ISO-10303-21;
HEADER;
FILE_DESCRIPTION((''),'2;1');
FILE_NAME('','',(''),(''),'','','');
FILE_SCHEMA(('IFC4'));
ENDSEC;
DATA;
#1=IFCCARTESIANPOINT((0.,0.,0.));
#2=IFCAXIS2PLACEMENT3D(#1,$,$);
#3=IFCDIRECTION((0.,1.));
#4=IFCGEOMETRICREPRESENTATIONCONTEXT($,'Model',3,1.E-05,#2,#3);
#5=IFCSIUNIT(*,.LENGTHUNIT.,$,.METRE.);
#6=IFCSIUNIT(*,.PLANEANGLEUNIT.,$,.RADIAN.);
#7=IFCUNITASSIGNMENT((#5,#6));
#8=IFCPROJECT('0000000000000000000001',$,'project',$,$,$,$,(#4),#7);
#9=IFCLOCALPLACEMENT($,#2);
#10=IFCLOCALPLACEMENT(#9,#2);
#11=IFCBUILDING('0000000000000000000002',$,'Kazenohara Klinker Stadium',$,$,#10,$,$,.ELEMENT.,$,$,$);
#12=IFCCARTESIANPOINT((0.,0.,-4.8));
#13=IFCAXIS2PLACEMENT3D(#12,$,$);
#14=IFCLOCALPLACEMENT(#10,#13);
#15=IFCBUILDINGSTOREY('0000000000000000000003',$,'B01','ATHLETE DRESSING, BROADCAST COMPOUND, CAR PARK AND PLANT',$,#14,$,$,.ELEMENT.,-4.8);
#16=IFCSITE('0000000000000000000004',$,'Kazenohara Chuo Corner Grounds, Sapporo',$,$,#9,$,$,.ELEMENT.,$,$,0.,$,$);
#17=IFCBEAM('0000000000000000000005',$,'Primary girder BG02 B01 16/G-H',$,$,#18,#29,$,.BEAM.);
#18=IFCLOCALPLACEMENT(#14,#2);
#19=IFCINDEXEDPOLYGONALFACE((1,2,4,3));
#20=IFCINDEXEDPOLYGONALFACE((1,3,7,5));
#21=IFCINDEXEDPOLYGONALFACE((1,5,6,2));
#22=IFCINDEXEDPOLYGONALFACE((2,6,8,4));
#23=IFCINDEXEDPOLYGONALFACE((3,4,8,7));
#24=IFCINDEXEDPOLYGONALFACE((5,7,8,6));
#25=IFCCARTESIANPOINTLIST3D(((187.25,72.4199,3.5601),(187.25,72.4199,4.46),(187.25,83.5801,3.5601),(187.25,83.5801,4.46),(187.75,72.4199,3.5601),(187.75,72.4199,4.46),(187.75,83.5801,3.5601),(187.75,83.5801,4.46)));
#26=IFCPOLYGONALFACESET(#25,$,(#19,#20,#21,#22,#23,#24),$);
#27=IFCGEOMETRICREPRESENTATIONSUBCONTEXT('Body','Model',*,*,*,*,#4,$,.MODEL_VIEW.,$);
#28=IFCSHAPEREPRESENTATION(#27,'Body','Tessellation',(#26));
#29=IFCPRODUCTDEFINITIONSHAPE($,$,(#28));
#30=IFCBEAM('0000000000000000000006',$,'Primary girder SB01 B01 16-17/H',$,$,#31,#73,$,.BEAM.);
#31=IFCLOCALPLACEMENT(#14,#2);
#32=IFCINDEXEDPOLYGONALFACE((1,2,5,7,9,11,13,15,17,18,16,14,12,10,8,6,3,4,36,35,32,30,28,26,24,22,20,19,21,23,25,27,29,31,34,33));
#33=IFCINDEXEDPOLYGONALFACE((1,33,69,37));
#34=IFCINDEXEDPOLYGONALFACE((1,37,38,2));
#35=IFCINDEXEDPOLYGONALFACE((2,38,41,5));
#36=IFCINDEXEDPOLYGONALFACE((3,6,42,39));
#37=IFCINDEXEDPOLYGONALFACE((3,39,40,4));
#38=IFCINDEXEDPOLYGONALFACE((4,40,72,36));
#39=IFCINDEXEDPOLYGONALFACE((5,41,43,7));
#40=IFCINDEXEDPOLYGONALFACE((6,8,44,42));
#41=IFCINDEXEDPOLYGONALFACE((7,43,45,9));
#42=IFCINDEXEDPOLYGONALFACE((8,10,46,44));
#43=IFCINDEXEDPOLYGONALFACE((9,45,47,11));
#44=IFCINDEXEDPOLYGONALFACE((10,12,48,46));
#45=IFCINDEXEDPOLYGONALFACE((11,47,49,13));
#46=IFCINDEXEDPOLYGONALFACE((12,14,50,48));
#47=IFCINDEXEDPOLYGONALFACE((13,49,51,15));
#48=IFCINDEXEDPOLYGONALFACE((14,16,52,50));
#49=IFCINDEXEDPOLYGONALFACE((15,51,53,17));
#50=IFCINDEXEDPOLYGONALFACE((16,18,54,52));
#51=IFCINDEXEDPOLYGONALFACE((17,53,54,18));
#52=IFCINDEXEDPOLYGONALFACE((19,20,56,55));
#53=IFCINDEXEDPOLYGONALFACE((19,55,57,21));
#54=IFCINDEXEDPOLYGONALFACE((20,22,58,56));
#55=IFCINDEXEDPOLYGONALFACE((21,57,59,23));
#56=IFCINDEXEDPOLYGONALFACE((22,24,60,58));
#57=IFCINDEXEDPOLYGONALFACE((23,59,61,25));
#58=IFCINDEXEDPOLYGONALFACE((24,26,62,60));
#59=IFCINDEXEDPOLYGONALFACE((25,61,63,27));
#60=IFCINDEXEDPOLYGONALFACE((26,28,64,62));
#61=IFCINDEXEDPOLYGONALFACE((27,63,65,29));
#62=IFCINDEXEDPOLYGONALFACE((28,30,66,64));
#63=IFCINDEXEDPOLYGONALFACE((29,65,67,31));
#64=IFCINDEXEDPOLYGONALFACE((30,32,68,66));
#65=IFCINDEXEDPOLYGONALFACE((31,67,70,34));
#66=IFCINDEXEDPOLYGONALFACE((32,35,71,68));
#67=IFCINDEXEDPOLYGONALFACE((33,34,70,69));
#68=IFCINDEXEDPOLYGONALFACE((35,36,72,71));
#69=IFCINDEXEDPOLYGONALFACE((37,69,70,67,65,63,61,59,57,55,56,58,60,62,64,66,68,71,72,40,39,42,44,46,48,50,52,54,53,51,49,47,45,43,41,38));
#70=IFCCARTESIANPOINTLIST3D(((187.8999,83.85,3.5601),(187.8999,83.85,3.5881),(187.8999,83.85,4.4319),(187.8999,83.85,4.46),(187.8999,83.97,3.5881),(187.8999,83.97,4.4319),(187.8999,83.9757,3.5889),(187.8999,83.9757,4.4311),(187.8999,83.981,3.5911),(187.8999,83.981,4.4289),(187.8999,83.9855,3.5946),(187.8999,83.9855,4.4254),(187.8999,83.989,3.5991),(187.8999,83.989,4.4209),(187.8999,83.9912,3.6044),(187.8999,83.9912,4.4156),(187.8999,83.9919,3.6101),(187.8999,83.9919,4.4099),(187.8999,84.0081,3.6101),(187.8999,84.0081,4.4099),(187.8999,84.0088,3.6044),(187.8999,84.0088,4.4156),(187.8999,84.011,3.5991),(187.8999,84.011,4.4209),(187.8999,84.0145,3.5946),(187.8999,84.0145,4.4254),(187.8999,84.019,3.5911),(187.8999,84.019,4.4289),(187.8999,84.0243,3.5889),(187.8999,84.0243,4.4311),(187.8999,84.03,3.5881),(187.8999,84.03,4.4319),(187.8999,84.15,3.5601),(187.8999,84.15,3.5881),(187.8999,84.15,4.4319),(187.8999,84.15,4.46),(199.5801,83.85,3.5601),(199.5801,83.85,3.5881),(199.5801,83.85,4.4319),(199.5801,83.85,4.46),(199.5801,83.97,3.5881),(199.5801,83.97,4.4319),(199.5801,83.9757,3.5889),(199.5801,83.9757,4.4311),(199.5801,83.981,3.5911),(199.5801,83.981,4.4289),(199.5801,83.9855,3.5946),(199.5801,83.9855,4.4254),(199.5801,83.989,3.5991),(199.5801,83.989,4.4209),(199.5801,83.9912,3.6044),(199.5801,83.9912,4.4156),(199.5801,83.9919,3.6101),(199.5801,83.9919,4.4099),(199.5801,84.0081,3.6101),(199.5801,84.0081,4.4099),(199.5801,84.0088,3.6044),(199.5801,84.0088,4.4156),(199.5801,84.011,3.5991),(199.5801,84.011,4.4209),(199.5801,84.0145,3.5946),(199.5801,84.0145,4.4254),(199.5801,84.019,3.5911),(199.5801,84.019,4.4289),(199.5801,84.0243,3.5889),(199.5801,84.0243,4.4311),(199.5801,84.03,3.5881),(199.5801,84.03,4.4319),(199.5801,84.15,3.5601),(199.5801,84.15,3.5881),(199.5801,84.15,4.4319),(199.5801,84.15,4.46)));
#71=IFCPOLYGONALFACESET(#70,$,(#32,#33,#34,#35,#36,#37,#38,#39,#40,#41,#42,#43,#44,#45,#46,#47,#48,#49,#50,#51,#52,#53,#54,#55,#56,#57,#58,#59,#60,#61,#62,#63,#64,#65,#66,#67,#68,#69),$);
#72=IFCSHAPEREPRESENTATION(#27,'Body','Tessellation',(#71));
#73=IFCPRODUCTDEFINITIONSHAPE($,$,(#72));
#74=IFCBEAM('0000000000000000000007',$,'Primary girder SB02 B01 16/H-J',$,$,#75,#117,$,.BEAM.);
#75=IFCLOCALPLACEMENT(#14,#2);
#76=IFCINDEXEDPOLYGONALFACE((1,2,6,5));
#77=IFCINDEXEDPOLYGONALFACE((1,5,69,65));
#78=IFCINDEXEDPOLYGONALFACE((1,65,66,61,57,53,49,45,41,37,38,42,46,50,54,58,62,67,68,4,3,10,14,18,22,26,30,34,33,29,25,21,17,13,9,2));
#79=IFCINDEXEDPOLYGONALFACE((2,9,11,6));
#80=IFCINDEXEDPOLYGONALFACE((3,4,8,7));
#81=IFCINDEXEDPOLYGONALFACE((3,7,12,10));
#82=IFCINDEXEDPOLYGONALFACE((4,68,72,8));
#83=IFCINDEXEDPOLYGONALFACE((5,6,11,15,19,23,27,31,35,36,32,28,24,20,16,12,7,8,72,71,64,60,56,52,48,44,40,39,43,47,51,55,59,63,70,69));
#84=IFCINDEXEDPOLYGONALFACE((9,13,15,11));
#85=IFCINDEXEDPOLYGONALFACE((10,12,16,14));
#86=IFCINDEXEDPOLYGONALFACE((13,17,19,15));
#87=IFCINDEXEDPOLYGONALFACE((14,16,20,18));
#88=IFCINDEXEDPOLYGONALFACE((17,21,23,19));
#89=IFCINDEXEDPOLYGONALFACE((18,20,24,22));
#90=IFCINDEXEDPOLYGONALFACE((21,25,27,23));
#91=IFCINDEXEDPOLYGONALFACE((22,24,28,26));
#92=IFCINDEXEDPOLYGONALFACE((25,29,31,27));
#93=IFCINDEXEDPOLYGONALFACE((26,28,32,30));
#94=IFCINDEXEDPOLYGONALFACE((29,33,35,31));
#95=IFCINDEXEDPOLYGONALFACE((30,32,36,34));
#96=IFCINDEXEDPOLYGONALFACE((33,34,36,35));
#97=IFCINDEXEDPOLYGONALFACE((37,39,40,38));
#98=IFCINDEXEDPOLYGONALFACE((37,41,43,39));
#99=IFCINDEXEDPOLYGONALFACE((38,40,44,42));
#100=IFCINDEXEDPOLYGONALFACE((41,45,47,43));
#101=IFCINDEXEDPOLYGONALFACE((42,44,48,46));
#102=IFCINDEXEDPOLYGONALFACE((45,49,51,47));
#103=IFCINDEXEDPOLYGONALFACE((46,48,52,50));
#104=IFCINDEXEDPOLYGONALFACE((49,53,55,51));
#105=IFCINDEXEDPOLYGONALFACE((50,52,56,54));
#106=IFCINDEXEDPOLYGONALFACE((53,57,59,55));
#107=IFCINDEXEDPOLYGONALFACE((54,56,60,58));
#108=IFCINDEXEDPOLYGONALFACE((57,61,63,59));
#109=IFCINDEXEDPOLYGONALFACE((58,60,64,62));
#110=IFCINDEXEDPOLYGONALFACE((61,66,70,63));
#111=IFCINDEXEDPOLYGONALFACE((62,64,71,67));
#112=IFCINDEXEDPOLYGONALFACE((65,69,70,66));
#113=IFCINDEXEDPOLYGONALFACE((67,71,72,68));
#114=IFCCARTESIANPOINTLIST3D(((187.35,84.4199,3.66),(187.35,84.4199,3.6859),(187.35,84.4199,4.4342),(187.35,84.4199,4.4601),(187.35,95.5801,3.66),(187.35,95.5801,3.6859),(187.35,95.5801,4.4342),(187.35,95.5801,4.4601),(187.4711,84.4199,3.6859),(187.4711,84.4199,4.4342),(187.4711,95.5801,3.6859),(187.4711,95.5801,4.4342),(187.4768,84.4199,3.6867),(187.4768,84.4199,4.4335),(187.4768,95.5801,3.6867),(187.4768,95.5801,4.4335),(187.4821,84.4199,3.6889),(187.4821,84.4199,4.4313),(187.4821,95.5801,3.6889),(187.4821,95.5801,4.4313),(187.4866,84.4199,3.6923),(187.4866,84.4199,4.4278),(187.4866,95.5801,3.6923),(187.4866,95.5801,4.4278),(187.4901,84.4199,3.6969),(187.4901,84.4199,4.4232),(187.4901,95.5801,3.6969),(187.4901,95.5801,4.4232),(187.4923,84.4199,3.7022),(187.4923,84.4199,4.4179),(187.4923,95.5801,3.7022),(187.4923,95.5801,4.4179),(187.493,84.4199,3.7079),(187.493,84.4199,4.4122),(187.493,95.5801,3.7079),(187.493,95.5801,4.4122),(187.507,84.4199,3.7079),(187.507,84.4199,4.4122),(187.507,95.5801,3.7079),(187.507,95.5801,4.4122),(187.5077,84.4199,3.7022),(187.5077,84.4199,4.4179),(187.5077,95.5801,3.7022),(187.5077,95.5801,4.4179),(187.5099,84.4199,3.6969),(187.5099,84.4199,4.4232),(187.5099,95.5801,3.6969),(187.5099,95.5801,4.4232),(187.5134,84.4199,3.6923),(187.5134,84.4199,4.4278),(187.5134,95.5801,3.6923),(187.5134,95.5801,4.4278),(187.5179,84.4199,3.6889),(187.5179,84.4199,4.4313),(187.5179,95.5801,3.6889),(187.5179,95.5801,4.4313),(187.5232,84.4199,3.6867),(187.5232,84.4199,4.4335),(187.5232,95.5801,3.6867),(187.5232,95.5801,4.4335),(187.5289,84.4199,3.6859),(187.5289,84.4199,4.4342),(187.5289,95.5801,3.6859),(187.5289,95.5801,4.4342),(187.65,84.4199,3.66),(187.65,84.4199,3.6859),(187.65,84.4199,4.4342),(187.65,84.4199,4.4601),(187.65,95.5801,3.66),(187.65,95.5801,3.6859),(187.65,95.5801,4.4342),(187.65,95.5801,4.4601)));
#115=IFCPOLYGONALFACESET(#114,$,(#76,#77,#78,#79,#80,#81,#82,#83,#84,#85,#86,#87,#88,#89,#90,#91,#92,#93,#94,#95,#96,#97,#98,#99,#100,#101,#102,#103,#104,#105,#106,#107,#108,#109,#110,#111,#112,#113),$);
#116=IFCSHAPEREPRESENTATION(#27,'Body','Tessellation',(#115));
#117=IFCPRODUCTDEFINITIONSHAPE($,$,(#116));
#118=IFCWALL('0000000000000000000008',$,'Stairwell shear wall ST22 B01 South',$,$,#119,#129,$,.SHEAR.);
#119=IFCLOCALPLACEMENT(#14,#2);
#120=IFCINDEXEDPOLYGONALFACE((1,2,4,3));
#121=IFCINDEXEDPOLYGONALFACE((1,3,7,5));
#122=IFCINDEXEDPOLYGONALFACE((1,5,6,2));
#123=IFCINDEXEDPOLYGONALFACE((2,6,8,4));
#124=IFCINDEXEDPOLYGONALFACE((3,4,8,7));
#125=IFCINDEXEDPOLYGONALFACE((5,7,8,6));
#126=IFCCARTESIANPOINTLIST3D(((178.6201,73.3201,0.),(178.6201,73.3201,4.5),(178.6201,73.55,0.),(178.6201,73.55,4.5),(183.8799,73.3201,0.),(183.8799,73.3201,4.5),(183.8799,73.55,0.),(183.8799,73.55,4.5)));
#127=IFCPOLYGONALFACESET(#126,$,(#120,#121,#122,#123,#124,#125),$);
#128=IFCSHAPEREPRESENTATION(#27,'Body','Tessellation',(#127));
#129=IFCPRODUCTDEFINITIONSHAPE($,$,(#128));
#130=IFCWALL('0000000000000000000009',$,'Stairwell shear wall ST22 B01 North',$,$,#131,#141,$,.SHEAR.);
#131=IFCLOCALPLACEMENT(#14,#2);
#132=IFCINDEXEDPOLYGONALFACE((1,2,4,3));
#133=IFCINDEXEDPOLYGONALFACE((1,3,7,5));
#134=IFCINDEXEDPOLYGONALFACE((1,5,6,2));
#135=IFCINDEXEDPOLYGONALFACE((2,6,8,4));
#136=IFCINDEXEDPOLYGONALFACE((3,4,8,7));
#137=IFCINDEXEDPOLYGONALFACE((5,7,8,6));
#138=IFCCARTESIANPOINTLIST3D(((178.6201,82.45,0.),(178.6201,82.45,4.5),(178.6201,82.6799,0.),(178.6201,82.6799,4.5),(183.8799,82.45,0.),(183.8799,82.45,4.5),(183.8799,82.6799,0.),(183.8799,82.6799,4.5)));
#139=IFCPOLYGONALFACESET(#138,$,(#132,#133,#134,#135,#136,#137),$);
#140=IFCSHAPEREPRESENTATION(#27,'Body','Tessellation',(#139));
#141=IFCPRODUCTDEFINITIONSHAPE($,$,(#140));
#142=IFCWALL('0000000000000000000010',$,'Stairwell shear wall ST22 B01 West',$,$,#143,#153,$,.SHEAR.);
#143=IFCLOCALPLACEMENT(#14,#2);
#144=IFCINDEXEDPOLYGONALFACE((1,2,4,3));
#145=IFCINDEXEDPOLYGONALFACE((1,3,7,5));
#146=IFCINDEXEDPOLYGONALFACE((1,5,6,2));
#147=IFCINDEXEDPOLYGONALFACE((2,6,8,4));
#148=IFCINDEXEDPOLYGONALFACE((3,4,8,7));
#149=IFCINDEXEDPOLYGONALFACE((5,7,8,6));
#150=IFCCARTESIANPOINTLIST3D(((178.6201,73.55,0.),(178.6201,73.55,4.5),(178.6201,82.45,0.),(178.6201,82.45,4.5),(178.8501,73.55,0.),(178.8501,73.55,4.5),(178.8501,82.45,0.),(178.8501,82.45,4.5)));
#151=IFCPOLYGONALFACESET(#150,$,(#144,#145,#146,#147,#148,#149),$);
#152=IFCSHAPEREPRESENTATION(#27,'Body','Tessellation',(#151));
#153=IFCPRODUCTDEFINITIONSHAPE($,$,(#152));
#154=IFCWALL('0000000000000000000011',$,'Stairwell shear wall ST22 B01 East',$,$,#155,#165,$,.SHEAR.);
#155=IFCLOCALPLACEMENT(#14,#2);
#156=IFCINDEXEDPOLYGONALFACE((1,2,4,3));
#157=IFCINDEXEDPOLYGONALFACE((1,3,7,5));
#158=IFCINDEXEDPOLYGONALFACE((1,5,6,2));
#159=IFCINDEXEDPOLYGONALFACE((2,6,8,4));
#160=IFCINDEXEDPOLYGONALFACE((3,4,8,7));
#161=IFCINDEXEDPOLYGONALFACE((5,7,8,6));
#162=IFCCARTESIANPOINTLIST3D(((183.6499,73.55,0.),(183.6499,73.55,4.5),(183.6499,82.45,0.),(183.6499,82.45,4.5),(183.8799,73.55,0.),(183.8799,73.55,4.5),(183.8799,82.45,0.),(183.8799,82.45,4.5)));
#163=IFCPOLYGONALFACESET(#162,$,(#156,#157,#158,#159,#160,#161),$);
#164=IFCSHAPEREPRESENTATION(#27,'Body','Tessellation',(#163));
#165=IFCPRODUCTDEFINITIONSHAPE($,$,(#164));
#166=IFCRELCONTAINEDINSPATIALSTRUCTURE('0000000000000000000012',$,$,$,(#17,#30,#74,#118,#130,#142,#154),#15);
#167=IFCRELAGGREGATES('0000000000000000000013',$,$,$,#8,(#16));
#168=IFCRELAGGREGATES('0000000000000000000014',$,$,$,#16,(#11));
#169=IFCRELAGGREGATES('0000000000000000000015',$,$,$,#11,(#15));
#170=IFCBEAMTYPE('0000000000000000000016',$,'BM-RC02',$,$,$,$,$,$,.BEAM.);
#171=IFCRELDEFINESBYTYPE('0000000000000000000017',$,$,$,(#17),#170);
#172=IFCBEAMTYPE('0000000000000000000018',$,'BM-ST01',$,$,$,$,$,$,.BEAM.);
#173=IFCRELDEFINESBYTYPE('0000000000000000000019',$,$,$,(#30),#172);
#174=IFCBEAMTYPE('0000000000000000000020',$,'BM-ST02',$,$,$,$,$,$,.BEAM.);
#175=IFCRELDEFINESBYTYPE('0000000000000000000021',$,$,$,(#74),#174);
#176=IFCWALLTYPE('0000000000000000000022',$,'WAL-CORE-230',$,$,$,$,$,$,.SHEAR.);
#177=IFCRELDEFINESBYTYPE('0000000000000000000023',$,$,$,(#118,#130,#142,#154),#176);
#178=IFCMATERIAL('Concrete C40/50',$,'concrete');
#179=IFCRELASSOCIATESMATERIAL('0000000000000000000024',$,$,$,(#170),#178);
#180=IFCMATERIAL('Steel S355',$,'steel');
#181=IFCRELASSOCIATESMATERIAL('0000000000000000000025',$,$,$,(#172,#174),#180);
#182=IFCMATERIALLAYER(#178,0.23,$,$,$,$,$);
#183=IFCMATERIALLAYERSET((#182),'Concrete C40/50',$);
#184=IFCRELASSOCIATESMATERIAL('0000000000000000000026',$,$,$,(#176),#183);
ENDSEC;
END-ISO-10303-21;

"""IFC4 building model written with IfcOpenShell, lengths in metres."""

from ifc_helpers import new_model, si_unit, direction, frame, frame_2d, origin, origin_2d, place, context, subcontext, project, spatial, rectangle, i_section, extrude, material, layer, layer_set, material_profile, profile_set, type_object, element, save


model = new_model("IFC4")

# Units and contexts
model_context = context("Model", 3, precision=1e-05, world=origin(), true_north=direction((0.0, 1.0)))
body_context = subcontext(model_context, "Body", "Model", "MODEL_VIEW")
ifc_project = project(units=[si_unit("LENGTHUNIT", "METRE"), si_unit("PLANEANGLEUNIT", "RADIAN")], contexts=[model_context])

# Site, building, storey
site_placement = place(None, origin())
site = spatial("IfcSite", under=ifc_project, at=site_placement, Name="Kazenohara Chuo Corner Grounds, Sapporo", CompositionType="ELEMENT", RefElevation=0.0)
building_placement = place(site_placement, origin())
building = spatial("IfcBuilding", under=site, at=building_placement, Name="Kazenohara Klinker Stadium", CompositionType="ELEMENT")
storey_placement = place(building_placement, frame((0.0, 0.0, -4.8)))
storey = spatial("IfcBuildingStorey", under=building, at=storey_placement, Name="B01", Description="ATHLETE DRESSING, BROADCAST COMPOUND, CAR PARK AND PLANT", CompositionType="ELEMENT", Elevation=-4.8)

# Shared definitions
ifc_material_1 = material(Name="Concrete C40/50", Category="concrete")

# Beams
ifc_material_2 = material(Name="Steel S355", Category="steel")
ifc_material_profile_1 = material_profile(ifc_material_1, rectangle(XDim=0.5, YDim=0.8999, at=origin_2d()), Name="RC-BM-500x900")
ifc_profile_set_1 = profile_set([ifc_material_profile_1], Name="Concrete C40/50")
beam_type_1 = type_object("IfcBeamType", Name="BM-RC02", PredefinedType="BEAM", material=ifc_profile_set_1)
beam_1_placement = place(storey_placement, frame((187.5, 72.4199, 4.01), z_axis=(0.0, 1.0, 0.0), x_axis=(-1.0, 0.0, 0.0)))
element("IfcBeam", 1, at=beam_1_placement, inside=storey, type_object=beam_type_1, Name="Primary girder BG02 B01 16/G-H", PredefinedType="BEAM", context=body_context, shape_type="SweptSolid", body=[
    extrude(rectangle(XDim=0.5, YDim=0.8999, at=origin_2d()), origin(), (0.0, 0.0, 1.0), 11.1602),
])
ifc_material_profile_2 = material_profile(ifc_material_2, i_section(OverallWidth=0.3, OverallDepth=0.8999, WebThickness=0.0161, FlangeThickness=0.0281, FilletRadius=0.022, at=origin_2d()), Name="H-900x300x16x28")
ifc_profile_set_2 = profile_set([ifc_material_profile_2], Name="Steel S355")
beam_type_2 = type_object("IfcBeamType", Name="BM-ST01", PredefinedType="BEAM", material=ifc_profile_set_2)
beam_2_placement = place(storey_placement, frame((187.8999, 84.0, 4.01), z_axis=(1.0, 0.0, 0.0), x_axis=(0.0, 1.0, 0.0)))
element("IfcBeam", 2, at=beam_2_placement, inside=storey, type_object=beam_type_2, Name="Primary girder SB01 B01 16-17/H", PredefinedType="BEAM", context=body_context, shape_type="SweptSolid", body=[
    extrude(i_section(OverallWidth=0.3, OverallDepth=0.8999, WebThickness=0.0161, FlangeThickness=0.0281, FilletRadius=0.022, at=origin_2d()), origin(), (0.0, 0.0, 1.0), 11.6802),
])
ifc_material_profile_3 = material_profile(ifc_material_2, i_section(OverallWidth=0.3, OverallDepth=0.8, WebThickness=0.0139, FlangeThickness=0.0259, FilletRadius=0.022, at=origin_2d()), Name="H-800x300x14x26")
ifc_profile_set_3 = profile_set([ifc_material_profile_3], Name="Steel S355")
beam_type_3 = type_object("IfcBeamType", Name="BM-ST02", PredefinedType="BEAM", material=ifc_profile_set_3)
beam_3_placement = place(storey_placement, frame((187.5, 84.4199, 4.0601), z_axis=(0.0, 1.0, 0.0), x_axis=(-1.0, 0.0, 0.0)))
element("IfcBeam", 3, at=beam_3_placement, inside=storey, type_object=beam_type_3, Name="Primary girder SB02 B01 16/H-J", PredefinedType="BEAM", context=body_context, shape_type="SweptSolid", body=[
    extrude(i_section(OverallWidth=0.3, OverallDepth=0.8, WebThickness=0.0139, FlangeThickness=0.0259, FilletRadius=0.022, at=origin_2d()), origin(), (0.0, 0.0, 1.0), 11.1602),
])

# Walls
ifc_layer_1 = layer(ifc_material_1, 0.23)
ifc_layer_set_1 = layer_set([ifc_layer_1], Name="Concrete C40/50")
wall_type_1 = type_object("IfcWallType", Name="WAL-CORE-230", PredefinedType="SHEAR", material=ifc_layer_set_1)
for number, where, z_axis, x_axis, name in (
    (4, (178.6201, 73.4351, 0.0), (0.0, 0.0, 1.0), (1.0, 0.0, 0.0), "Stairwell shear wall ST22 B01 South"),
    (5, (178.6201, 82.5649, 0.0), (0.0, 0.0, 1.0), (1.0, 0.0, 0.0), "Stairwell shear wall ST22 B01 North"),
):
    element("IfcWall", number, at=place(storey_placement, frame(where, z_axis=z_axis, x_axis=x_axis)), inside=storey, type_object=wall_type_1, Name=name, PredefinedType="SHEAR", context=body_context, shape_type="SweptSolid", body=[
        extrude(rectangle(XDim=5.2598, YDim=0.23, at=frame_2d((2.6299, 0.0))), origin(), (0.0, 0.0, 1.0), 4.5),
    ])
for number, where, z_axis, x_axis, name in (
    (6, (178.7351, 73.55, 0.0), (0.0, 0.0, 1.0), (0.0, 1.0, 0.0), "Stairwell shear wall ST22 B01 West"),
    (7, (183.7649, 73.55, 0.0), (0.0, 0.0, 1.0), (0.0, 1.0, 0.0), "Stairwell shear wall ST22 B01 East"),
):
    element("IfcWall", number, at=place(storey_placement, frame(where, z_axis=z_axis, x_axis=x_axis)), inside=storey, type_object=wall_type_1, Name=name, PredefinedType="SHEAR", context=body_context, shape_type="SweptSolid", body=[
        extrude(rectangle(XDim=8.8999, YDim=0.23, at=frame_2d((4.45, 0.0))), origin(), (0.0, 0.0, 1.0), 4.5),
    ])

save(model, "model.ifc")
